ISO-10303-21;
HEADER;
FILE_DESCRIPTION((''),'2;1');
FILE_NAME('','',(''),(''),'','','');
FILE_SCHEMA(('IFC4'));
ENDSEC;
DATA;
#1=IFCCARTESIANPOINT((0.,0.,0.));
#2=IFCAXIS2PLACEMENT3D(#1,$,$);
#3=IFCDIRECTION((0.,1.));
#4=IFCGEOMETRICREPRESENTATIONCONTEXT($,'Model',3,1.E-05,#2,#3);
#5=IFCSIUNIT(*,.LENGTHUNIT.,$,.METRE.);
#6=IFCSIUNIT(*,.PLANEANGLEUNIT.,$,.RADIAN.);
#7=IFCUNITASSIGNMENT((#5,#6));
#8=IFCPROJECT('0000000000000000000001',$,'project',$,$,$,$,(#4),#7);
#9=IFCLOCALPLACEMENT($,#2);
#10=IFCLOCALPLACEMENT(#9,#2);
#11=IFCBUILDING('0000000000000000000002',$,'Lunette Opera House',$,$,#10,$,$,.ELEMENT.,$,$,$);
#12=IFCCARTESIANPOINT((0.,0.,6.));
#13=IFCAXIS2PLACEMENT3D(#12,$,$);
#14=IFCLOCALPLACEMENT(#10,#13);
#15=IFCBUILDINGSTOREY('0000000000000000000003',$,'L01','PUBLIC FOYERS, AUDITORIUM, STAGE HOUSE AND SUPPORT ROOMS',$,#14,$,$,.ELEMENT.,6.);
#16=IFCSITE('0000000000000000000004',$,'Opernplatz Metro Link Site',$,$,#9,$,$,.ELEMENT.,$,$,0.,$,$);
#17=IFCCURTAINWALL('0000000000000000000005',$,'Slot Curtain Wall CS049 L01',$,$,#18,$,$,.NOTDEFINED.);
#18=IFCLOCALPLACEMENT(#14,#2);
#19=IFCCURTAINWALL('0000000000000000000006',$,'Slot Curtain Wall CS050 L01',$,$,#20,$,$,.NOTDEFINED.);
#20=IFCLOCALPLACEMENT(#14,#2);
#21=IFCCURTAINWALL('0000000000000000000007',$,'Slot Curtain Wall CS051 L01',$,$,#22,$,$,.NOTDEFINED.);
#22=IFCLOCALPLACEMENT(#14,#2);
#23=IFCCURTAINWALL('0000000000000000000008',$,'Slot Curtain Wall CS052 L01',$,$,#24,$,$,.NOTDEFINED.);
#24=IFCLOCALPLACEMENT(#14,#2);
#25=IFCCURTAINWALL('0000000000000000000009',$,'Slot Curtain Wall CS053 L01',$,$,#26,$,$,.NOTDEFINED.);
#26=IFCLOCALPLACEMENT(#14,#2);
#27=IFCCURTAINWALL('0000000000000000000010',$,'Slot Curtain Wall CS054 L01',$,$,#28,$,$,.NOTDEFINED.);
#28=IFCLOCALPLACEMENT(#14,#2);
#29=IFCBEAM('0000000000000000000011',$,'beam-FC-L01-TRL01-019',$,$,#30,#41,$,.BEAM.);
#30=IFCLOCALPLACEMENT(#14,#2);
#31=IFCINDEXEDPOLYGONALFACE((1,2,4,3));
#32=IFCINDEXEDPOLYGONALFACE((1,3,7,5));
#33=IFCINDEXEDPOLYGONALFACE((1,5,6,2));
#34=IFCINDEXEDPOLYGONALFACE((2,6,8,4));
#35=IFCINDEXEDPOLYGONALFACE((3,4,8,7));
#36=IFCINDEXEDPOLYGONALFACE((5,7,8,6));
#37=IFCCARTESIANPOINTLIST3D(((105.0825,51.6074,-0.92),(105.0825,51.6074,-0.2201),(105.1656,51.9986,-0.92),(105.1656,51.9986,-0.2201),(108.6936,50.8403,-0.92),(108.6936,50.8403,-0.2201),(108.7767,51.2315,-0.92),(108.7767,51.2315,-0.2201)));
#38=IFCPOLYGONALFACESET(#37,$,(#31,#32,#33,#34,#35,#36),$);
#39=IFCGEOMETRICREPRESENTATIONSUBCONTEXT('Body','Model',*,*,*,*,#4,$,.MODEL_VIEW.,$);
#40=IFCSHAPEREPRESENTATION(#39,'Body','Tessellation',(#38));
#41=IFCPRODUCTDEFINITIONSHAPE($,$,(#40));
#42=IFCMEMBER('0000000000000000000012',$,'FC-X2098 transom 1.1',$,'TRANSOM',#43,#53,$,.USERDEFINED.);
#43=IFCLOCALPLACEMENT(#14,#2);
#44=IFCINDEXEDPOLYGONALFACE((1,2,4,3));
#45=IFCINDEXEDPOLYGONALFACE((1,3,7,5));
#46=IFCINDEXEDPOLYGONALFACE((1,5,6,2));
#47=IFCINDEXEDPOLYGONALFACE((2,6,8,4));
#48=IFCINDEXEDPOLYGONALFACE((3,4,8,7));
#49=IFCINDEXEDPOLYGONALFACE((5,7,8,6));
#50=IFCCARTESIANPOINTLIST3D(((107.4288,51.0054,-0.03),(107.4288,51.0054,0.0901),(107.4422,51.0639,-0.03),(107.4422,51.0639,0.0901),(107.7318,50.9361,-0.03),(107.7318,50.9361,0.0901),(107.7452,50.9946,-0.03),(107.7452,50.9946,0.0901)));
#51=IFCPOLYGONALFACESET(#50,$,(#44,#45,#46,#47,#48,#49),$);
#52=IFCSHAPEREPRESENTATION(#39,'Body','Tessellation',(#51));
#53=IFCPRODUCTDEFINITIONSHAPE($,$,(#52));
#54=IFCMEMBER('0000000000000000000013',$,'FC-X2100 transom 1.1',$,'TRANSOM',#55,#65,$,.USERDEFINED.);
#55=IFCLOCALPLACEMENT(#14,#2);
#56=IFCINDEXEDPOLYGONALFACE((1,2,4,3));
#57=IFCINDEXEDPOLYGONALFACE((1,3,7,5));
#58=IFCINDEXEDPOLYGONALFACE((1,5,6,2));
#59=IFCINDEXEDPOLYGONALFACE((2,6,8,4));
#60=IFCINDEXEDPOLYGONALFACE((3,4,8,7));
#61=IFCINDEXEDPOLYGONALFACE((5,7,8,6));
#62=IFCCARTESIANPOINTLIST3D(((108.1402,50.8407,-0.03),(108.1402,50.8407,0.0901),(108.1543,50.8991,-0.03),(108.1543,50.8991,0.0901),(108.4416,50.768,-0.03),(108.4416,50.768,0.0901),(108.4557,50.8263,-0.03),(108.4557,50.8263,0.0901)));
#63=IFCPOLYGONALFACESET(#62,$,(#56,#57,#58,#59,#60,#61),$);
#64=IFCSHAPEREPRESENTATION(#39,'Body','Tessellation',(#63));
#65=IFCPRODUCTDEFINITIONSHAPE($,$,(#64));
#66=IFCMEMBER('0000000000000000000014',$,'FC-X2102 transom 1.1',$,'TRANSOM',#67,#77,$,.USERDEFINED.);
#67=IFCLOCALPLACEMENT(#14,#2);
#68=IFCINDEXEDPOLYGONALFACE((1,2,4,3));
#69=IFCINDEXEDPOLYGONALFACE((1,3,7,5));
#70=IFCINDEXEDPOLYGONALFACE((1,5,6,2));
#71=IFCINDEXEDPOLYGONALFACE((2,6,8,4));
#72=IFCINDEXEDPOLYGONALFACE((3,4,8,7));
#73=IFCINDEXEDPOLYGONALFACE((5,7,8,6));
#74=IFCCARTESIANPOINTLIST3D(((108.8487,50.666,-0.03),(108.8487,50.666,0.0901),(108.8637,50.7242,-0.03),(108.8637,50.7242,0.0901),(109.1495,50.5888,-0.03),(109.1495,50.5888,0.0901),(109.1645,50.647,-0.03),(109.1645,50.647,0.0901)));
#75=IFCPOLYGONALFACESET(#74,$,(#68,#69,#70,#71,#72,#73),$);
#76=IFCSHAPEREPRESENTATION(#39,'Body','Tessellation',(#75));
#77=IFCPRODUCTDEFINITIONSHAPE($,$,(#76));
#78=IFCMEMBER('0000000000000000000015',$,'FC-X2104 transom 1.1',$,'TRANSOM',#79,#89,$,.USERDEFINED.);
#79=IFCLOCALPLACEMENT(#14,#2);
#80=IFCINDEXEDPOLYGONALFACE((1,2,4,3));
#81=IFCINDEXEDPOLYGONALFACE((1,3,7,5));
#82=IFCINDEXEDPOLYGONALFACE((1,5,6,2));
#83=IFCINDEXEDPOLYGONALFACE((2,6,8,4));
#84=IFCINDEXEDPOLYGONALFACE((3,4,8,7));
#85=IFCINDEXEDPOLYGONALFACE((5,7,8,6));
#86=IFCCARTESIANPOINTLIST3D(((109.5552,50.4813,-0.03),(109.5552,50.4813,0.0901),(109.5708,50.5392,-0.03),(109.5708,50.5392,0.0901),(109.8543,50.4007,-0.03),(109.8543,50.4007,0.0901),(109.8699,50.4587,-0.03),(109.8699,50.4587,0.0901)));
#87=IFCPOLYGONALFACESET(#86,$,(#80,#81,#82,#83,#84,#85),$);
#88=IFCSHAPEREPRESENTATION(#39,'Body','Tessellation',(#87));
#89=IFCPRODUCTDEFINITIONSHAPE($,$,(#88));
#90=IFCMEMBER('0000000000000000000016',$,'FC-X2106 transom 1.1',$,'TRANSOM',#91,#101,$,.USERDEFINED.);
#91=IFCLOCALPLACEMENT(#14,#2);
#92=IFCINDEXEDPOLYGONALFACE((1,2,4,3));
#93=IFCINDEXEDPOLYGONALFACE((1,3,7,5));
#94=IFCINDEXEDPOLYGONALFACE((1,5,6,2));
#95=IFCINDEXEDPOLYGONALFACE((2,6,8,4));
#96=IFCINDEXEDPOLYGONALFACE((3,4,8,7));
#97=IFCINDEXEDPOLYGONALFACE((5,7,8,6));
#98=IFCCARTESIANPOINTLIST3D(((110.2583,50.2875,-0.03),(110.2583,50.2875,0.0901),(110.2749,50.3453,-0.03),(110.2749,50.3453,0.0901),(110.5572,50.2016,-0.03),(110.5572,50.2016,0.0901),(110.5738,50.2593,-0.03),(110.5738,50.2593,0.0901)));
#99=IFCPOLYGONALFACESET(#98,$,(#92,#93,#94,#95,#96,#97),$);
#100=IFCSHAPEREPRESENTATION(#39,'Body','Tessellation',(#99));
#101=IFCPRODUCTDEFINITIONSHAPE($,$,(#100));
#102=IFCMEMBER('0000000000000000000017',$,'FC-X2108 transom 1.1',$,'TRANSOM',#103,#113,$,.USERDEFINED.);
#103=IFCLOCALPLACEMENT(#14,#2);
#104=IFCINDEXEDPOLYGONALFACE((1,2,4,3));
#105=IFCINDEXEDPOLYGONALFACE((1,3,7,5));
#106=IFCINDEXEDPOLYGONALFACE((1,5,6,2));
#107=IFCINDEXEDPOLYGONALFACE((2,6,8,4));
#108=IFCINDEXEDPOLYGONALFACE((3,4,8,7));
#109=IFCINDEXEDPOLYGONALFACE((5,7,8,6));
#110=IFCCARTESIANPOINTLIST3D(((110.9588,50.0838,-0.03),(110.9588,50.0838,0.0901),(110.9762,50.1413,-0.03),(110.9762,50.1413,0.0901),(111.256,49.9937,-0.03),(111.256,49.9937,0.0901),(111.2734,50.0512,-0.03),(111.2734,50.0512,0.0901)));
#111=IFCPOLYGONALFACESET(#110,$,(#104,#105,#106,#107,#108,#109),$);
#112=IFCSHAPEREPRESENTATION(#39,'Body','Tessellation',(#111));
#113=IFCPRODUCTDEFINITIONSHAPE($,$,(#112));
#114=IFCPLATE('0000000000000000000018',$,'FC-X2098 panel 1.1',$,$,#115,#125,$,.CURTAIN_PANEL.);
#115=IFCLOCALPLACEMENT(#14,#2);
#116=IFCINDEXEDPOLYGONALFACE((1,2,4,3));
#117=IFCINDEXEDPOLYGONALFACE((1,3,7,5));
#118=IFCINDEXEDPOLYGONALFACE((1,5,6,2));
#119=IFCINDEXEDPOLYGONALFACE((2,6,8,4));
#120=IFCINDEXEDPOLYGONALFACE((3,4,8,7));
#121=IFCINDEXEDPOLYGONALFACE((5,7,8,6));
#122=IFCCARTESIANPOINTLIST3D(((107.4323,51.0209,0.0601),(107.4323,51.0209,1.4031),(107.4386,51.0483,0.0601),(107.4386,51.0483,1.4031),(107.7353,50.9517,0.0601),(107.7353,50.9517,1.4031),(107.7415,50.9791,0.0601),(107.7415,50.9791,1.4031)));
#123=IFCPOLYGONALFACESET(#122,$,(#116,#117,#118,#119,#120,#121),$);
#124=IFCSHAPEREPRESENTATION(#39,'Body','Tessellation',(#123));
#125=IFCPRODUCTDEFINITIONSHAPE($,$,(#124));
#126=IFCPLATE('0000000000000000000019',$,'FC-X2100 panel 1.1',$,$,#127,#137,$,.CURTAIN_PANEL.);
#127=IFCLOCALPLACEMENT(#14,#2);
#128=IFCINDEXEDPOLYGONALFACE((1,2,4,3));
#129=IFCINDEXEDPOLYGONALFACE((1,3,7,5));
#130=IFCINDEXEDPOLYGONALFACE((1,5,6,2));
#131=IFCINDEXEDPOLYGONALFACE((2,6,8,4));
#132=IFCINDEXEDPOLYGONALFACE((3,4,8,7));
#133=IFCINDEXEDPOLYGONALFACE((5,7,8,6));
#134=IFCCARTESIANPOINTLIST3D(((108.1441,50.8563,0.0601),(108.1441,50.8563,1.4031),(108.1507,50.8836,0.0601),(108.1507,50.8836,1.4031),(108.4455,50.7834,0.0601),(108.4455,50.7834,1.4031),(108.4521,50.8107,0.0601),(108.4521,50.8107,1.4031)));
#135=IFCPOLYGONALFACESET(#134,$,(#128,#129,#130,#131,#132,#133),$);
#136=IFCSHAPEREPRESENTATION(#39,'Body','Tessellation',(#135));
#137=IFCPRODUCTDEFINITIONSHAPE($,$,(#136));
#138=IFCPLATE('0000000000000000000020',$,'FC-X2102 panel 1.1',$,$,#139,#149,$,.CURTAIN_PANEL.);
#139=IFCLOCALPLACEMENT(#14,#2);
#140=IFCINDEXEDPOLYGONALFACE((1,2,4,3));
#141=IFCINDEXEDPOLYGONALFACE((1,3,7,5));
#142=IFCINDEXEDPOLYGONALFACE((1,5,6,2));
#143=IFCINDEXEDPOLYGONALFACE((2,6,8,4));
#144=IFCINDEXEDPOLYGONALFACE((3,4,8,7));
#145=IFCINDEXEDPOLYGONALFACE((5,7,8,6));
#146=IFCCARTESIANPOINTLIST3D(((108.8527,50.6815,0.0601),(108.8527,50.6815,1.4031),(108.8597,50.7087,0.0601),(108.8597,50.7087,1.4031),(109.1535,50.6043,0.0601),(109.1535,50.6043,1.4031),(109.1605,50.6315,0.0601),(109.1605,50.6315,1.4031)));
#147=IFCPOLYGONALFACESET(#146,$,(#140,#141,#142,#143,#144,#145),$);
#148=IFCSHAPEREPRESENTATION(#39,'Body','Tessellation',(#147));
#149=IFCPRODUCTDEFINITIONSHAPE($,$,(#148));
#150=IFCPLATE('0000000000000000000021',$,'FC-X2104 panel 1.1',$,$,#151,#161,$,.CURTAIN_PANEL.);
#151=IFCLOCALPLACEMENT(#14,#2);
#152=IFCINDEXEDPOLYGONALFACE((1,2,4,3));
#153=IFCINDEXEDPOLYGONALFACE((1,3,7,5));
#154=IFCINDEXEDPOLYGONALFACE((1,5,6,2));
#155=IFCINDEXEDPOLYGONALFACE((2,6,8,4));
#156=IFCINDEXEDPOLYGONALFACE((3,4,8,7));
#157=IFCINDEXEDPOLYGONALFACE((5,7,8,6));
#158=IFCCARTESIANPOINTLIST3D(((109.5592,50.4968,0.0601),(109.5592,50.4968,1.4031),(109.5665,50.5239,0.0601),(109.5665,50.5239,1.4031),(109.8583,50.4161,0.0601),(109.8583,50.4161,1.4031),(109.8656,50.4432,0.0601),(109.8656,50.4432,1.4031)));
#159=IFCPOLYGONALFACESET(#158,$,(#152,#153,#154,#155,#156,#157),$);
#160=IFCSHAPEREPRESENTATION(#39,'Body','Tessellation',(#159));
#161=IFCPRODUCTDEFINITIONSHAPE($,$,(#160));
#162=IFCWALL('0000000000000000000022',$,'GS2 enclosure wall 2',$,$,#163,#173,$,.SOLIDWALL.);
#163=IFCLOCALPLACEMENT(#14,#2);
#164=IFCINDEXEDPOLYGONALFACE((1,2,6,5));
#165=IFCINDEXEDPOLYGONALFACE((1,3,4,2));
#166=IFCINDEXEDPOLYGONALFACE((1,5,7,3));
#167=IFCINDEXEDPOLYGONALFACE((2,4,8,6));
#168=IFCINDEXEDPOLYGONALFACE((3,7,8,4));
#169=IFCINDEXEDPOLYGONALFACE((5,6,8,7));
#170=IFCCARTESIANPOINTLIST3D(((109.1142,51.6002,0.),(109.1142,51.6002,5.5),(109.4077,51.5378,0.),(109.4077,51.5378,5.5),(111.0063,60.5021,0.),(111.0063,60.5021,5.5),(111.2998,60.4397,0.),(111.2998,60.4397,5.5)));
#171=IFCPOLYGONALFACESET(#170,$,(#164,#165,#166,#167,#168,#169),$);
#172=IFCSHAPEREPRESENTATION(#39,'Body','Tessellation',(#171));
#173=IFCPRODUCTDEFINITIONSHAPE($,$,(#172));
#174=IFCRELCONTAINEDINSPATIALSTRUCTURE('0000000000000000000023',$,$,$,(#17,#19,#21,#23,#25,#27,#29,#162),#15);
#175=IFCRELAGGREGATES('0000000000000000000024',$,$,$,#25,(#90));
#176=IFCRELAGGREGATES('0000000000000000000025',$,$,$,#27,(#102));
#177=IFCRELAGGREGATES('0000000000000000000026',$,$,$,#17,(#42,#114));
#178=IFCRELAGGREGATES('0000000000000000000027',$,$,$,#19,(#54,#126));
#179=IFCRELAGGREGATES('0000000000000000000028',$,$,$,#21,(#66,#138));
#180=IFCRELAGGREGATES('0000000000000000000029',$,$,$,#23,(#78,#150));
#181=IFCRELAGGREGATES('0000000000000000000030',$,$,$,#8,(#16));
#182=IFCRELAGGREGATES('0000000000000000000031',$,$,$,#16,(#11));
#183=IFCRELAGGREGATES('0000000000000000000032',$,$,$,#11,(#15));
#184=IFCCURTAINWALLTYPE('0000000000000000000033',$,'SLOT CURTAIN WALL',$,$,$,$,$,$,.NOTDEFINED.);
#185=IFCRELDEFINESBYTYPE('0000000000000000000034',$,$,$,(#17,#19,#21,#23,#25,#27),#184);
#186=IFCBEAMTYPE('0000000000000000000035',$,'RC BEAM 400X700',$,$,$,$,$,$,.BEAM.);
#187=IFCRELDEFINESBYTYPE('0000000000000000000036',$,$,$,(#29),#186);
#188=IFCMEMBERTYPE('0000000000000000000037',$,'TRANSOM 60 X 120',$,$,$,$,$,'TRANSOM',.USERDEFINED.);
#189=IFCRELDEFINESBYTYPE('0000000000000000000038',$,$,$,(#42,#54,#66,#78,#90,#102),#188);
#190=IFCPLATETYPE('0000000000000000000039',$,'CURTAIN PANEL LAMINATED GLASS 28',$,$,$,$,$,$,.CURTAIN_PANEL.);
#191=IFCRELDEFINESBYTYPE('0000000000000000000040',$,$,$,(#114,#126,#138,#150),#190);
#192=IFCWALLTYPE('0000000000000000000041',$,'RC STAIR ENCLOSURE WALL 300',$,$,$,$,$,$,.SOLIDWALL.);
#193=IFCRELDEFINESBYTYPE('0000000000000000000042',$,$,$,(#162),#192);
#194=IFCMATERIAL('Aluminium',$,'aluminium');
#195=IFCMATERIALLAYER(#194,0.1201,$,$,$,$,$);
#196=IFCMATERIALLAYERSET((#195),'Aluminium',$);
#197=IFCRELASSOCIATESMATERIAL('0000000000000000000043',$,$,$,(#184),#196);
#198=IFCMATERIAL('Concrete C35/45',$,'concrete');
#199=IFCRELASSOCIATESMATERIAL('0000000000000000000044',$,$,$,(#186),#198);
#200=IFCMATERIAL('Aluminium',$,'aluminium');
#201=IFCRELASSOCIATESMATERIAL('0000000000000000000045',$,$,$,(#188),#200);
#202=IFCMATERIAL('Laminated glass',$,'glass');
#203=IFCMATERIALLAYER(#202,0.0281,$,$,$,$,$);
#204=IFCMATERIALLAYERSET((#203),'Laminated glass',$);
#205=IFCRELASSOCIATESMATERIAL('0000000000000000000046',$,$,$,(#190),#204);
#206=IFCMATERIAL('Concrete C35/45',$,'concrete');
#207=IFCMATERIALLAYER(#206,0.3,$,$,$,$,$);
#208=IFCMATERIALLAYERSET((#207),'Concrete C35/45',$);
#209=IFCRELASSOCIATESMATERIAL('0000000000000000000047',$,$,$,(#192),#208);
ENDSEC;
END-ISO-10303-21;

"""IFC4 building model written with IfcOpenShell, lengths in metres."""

from ifc_helpers import new_model, si_unit, direction, frame, frame_2d, origin, origin_2d, place, context, subcontext, project, spatial, rectangle, extrude, material, layer, layer_set, material_profile, profile_set, type_object, element, aggregate, save


model = new_model("IFC4")

# Units and contexts
model_context = context("Model", 3, precision=1e-05, world=origin(), true_north=direction((0.0, 1.0)))
body_context = subcontext(model_context, "Body", "Model", "MODEL_VIEW")
ifc_project = project(units=[si_unit("LENGTHUNIT", "METRE"), si_unit("PLANEANGLEUNIT", "RADIAN")], contexts=[model_context])

# Site, building, storey
site_placement = place(None, origin())
site = spatial("IfcSite", under=ifc_project, at=site_placement, Name="Opernplatz Metro Link Site", CompositionType="ELEMENT", RefElevation=0.0)
building_placement = place(site_placement, origin())
building = spatial("IfcBuilding", under=site, at=building_placement, Name="Lunette Opera House", CompositionType="ELEMENT")
storey_placement = place(building_placement, frame((0.0, 0.0, 6.0)))
storey = spatial("IfcBuildingStorey", under=building, at=storey_placement, Name="L01", Description="PUBLIC FOYERS, AUDITORIUM, STAGE HOUSE AND SUPPORT ROOMS", CompositionType="ELEMENT", Elevation=6.0)

# Curtain wall
ifc_material_1 = material(Name="Aluminium", Category="aluminium")
ifc_layer_1 = layer(ifc_material_1, 0.1201)
ifc_layer_set_1 = layer_set([ifc_layer_1], Name="Aluminium")
curtain_wall_type = type_object("IfcCurtainWallType", Name="SLOT CURTAIN WALL", PredefinedType="NOTDEFINED", material=ifc_layer_set_1)
curtain_wall_1_placement = place(storey_placement, origin())
curtain_wall_1 = element("IfcCurtainWall", 1, at=curtain_wall_1_placement, inside=storey, type_object=curtain_wall_type, Name="Slot Curtain Wall CS049 L01", PredefinedType="NOTDEFINED")

# Curtain walls
curtain_wall_2_placement = place(storey_placement, origin())
curtain_wall_2 = element("IfcCurtainWall", 2, at=curtain_wall_2_placement, inside=storey, type_object=curtain_wall_type, Name="Slot Curtain Wall CS050 L01", PredefinedType="NOTDEFINED")
curtain_wall_3_placement = place(storey_placement, origin())
curtain_wall_3 = element("IfcCurtainWall", 3, at=curtain_wall_3_placement, inside=storey, type_object=curtain_wall_type, Name="Slot Curtain Wall CS051 L01", PredefinedType="NOTDEFINED")
curtain_wall_4_placement = place(storey_placement, origin())
curtain_wall_4 = element("IfcCurtainWall", 4, at=curtain_wall_4_placement, inside=storey, type_object=curtain_wall_type, Name="Slot Curtain Wall CS052 L01", PredefinedType="NOTDEFINED")
curtain_wall_5_placement = place(storey_placement, origin())
curtain_wall_5 = element("IfcCurtainWall", 5, at=curtain_wall_5_placement, inside=storey, type_object=curtain_wall_type, Name="Slot Curtain Wall CS053 L01", PredefinedType="NOTDEFINED")

# Curtain wall
curtain_wall_6_placement = place(storey_placement, origin())
curtain_wall_6 = element("IfcCurtainWall", 6, at=curtain_wall_6_placement, inside=storey, type_object=curtain_wall_type, Name="Slot Curtain Wall CS054 L01", PredefinedType="NOTDEFINED")

# Beam
ifc_material_2 = material(Name="Concrete C35/45", Category="concrete")
ifc_material_profile_1 = material_profile(ifc_material_2, rectangle(XDim=0.3999, YDim=0.7, at=origin_2d()), Name="RC BEAM 400X700")
ifc_profile_set_1 = profile_set([ifc_material_profile_1], Name="Concrete C35/45")
beam_type = type_object("IfcBeamType", Name="RC BEAM 400X700", PredefinedType="BEAM", material=ifc_profile_set_1)
beam_placement = place(storey_placement, frame((108.7351, 51.0359, -0.5701), z_axis=(-0.978173, 0.20779, 0.0), x_axis=(-0.20779, -0.978173, 0.0)))
element("IfcBeam", 7, at=beam_placement, inside=storey, type_object=beam_type, Name="beam-FC-L01-TRL01-019", PredefinedType="BEAM", context=body_context, shape_type="SweptSolid", body=[
    extrude(rectangle(XDim=0.3999, YDim=0.7, at=origin_2d()), origin(), (0.0, 0.0, 1.0), 3.6917),
])

# Members
ifc_material_3 = material(Name="Aluminium", Category="aluminium")
ifc_material_profile_2 = material_profile(ifc_material_3, rectangle(XDim=0.0601, YDim=0.1201, at=origin_2d()), Name="TRANSOM 60 X 120")
ifc_profile_set_2 = profile_set([ifc_material_profile_2], Name="Aluminium")
member_type_1 = type_object("IfcMemberType", Name="TRANSOM 60 X 120", ElementType="TRANSOM", PredefinedType="USERDEFINED", material=ifc_profile_set_2)
member_1_placement = place(storey_placement, frame((107.4355, 51.0347, 0.03), z_axis=(0.9748, -0.223081, 0.0), x_axis=(0.223081, 0.9748, 0.0)))
member_1 = element("IfcMember", 8, at=member_1_placement, type_object=member_type_1, Name="FC-X2098 transom 1.1", ObjectType="TRANSOM", PredefinedType="USERDEFINED", context=body_context, shape_type="SweptSolid", body=[
    extrude(rectangle(XDim=0.0601, YDim=0.1201, at=origin_2d()), origin(), (0.0, 0.0, 1.0), 0.3108),
])
member_2_placement = place(storey_placement, frame((108.1472, 50.8699, 0.03), z_axis=(0.972101, -0.234564, 0.0), x_axis=(0.234564, 0.972101, 0.0)))
member_2 = element("IfcMember", 9, at=member_2_placement, type_object=member_type_1, Name="FC-X2100 transom 1.1", ObjectType="TRANSOM", PredefinedType="USERDEFINED", context=body_context, shape_type="SweptSolid", body=[
    extrude(rectangle(XDim=0.0601, YDim=0.1201, at=origin_2d()), origin(), (0.0, 0.0, 1.0), 0.3101),
])
member_3_placement = place(storey_placement, frame((108.8562, 50.6951, 0.03), z_axis=(0.968644, -0.248451, 0.0), x_axis=(0.248451, 0.968644, 0.0)))
member_3 = element("IfcMember", 10, at=member_3_placement, type_object=member_type_1, Name="FC-X2102 transom 1.1", ObjectType="TRANSOM", PredefinedType="USERDEFINED", context=body_context, shape_type="SweptSolid", body=[
    extrude(rectangle(XDim=0.0601, YDim=0.1201, at=origin_2d()), origin(), (0.0, 0.0, 1.0), 0.3105),
])
member_4_placement = place(storey_placement, frame((109.563, 50.5103, 0.03), z_axis=(0.965578, -0.260115, 0.0), x_axis=(0.260115, 0.965578, 0.0)))
member_4 = element("IfcMember", 11, at=member_4_placement, type_object=member_type_1, Name="FC-X2104 transom 1.1", ObjectType="TRANSOM", PredefinedType="USERDEFINED", context=body_context, shape_type="SweptSolid", body=[
    extrude(rectangle(XDim=0.0601, YDim=0.1201, at=origin_2d()), origin(), (0.0, 0.0, 1.0), 0.3098),
])
member_5_placement = place(storey_placement, frame((110.2666, 50.3164, 0.03), z_axis=(0.961048, -0.27638, 0.0), x_axis=(0.27638, 0.961048, 0.0)))
member_5 = element("IfcMember", 12, at=member_5_placement, type_object=member_type_1, Name="FC-X2106 transom 1.1", ObjectType="TRANSOM", PredefinedType="USERDEFINED", context=body_context, shape_type="SweptSolid", body=[
    extrude(rectangle(XDim=0.0601, YDim=0.1201, at=origin_2d()), origin(), (0.0, 0.0, 1.0), 0.311),
])
aggregate(curtain_wall_5, [member_5])
member_6_placement = place(storey_placement, frame((110.9675, 50.1125, 0.03), z_axis=(0.956978, -0.29016, 0.0), x_axis=(0.29016, 0.956978, 0.0)))
member_6 = element("IfcMember", 13, at=member_6_placement, type_object=member_type_1, Name="FC-X2108 transom 1.1", ObjectType="TRANSOM", PredefinedType="USERDEFINED", context=body_context, shape_type="SweptSolid", body=[
    extrude(rectangle(XDim=0.0601, YDim=0.1201, at=origin_2d()), origin(), (0.0, 0.0, 1.0), 0.3105),
])
aggregate(curtain_wall_6, [member_6])

# Plates
ifc_material_4 = material(Name="Laminated glass", Category="glass")
ifc_layer_2 = layer(ifc_material_4, 0.0281)
ifc_layer_set_2 = layer_set([ifc_layer_2], Name="Laminated glass")
plate_type = type_object("IfcPlateType", Name="CURTAIN PANEL LAMINATED GLASS 28", PredefinedType="CURTAIN_PANEL", material=ifc_layer_set_2)
plate_1_placement = place(storey_placement, frame((107.5869, 51.0, 0.0601), z_axis=(0.0, 0.0, 1.0), x_axis=(0.974859, -0.222825, 0.0)))
plate_1 = element("IfcPlate", 14, at=plate_1_placement, type_object=plate_type, Name="FC-X2098 panel 1.1", PredefinedType="CURTAIN_PANEL", context=body_context, shape_type="SweptSolid", body=[
    extrude(rectangle(XDim=0.3108, YDim=0.0281, at=origin_2d()), origin(), (0.0, 0.0, 1.0), 1.343),
])
aggregate(curtain_wall_1, [member_1, plate_1])
plate_2_placement = place(storey_placement, frame((108.2981, 50.8335, 0.0601), z_axis=(0.0, 0.0, 1.0), x_axis=(0.972027, -0.234868, 0.0)))
plate_2 = element("IfcPlate", 15, at=plate_2_placement, type_object=plate_type, Name="FC-X2100 panel 1.1", PredefinedType="CURTAIN_PANEL", context=body_context, shape_type="SweptSolid", body=[
    extrude(rectangle(XDim=0.3101, YDim=0.0281, at=origin_2d()), origin(), (0.0, 0.0, 1.0), 1.343),
])
aggregate(curtain_wall_2, [member_2, plate_2])
plate_3_placement = place(storey_placement, frame((109.0066, 50.6565, 0.0601), z_axis=(0.0, 0.0, 1.0), x_axis=(0.968621, -0.248543, 0.0)))
plate_3 = element("IfcPlate", 16, at=plate_3_placement, type_object=plate_type, Name="FC-X2102 panel 1.1", PredefinedType="CURTAIN_PANEL", context=body_context, shape_type="SweptSolid", body=[
    extrude(rectangle(XDim=0.3105, YDim=0.0281, at=origin_2d()), origin(), (0.0, 0.0, 1.0), 1.343),
])
aggregate(curtain_wall_3, [member_3, plate_3])
plate_4_placement = place(storey_placement, frame((109.7124, 50.47, 0.0601), z_axis=(0.0, 0.0, 1.0), x_axis=(0.965458, -0.260557, 0.0)))
plate_4 = element("IfcPlate", 17, at=plate_4_placement, type_object=plate_type, Name="FC-X2104 panel 1.1", PredefinedType="CURTAIN_PANEL", context=body_context, shape_type="SweptSolid", body=[
    extrude(rectangle(XDim=0.3098, YDim=0.0281, at=origin_2d()), origin(), (0.0, 0.0, 1.0), 1.343),
])
aggregate(curtain_wall_4, [member_4, plate_4])

# Wall
ifc_material_5 = material(Name="Concrete C35/45", Category="concrete")
ifc_layer_3 = layer(ifc_material_5, 0.3)
ifc_layer_set_3 = layer_set([ifc_layer_3], Name="Concrete C35/45")
wall_type = type_object("IfcWallType", Name="RC STAIR ENCLOSURE WALL 300", PredefinedType="SOLIDWALL", material=ifc_layer_set_3)
wall_placement = place(storey_placement, frame((109.261, 51.5691, 0.0), z_axis=(0.0, 0.0, 1.0), x_axis=(0.207906, 0.978149, 0.0)))
element("IfcWall", 18, at=wall_placement, inside=storey, type_object=wall_type, Name="GS2 enclosure wall 2", PredefinedType="SOLIDWALL", context=body_context, shape_type="SweptSolid", body=[
    extrude(rectangle(XDim=9.1008, YDim=0.3, at=frame_2d((4.5503, 0.0))), origin(), (0.0, 0.0, 1.0), 5.5),
])

save(model, "model.ifc")
